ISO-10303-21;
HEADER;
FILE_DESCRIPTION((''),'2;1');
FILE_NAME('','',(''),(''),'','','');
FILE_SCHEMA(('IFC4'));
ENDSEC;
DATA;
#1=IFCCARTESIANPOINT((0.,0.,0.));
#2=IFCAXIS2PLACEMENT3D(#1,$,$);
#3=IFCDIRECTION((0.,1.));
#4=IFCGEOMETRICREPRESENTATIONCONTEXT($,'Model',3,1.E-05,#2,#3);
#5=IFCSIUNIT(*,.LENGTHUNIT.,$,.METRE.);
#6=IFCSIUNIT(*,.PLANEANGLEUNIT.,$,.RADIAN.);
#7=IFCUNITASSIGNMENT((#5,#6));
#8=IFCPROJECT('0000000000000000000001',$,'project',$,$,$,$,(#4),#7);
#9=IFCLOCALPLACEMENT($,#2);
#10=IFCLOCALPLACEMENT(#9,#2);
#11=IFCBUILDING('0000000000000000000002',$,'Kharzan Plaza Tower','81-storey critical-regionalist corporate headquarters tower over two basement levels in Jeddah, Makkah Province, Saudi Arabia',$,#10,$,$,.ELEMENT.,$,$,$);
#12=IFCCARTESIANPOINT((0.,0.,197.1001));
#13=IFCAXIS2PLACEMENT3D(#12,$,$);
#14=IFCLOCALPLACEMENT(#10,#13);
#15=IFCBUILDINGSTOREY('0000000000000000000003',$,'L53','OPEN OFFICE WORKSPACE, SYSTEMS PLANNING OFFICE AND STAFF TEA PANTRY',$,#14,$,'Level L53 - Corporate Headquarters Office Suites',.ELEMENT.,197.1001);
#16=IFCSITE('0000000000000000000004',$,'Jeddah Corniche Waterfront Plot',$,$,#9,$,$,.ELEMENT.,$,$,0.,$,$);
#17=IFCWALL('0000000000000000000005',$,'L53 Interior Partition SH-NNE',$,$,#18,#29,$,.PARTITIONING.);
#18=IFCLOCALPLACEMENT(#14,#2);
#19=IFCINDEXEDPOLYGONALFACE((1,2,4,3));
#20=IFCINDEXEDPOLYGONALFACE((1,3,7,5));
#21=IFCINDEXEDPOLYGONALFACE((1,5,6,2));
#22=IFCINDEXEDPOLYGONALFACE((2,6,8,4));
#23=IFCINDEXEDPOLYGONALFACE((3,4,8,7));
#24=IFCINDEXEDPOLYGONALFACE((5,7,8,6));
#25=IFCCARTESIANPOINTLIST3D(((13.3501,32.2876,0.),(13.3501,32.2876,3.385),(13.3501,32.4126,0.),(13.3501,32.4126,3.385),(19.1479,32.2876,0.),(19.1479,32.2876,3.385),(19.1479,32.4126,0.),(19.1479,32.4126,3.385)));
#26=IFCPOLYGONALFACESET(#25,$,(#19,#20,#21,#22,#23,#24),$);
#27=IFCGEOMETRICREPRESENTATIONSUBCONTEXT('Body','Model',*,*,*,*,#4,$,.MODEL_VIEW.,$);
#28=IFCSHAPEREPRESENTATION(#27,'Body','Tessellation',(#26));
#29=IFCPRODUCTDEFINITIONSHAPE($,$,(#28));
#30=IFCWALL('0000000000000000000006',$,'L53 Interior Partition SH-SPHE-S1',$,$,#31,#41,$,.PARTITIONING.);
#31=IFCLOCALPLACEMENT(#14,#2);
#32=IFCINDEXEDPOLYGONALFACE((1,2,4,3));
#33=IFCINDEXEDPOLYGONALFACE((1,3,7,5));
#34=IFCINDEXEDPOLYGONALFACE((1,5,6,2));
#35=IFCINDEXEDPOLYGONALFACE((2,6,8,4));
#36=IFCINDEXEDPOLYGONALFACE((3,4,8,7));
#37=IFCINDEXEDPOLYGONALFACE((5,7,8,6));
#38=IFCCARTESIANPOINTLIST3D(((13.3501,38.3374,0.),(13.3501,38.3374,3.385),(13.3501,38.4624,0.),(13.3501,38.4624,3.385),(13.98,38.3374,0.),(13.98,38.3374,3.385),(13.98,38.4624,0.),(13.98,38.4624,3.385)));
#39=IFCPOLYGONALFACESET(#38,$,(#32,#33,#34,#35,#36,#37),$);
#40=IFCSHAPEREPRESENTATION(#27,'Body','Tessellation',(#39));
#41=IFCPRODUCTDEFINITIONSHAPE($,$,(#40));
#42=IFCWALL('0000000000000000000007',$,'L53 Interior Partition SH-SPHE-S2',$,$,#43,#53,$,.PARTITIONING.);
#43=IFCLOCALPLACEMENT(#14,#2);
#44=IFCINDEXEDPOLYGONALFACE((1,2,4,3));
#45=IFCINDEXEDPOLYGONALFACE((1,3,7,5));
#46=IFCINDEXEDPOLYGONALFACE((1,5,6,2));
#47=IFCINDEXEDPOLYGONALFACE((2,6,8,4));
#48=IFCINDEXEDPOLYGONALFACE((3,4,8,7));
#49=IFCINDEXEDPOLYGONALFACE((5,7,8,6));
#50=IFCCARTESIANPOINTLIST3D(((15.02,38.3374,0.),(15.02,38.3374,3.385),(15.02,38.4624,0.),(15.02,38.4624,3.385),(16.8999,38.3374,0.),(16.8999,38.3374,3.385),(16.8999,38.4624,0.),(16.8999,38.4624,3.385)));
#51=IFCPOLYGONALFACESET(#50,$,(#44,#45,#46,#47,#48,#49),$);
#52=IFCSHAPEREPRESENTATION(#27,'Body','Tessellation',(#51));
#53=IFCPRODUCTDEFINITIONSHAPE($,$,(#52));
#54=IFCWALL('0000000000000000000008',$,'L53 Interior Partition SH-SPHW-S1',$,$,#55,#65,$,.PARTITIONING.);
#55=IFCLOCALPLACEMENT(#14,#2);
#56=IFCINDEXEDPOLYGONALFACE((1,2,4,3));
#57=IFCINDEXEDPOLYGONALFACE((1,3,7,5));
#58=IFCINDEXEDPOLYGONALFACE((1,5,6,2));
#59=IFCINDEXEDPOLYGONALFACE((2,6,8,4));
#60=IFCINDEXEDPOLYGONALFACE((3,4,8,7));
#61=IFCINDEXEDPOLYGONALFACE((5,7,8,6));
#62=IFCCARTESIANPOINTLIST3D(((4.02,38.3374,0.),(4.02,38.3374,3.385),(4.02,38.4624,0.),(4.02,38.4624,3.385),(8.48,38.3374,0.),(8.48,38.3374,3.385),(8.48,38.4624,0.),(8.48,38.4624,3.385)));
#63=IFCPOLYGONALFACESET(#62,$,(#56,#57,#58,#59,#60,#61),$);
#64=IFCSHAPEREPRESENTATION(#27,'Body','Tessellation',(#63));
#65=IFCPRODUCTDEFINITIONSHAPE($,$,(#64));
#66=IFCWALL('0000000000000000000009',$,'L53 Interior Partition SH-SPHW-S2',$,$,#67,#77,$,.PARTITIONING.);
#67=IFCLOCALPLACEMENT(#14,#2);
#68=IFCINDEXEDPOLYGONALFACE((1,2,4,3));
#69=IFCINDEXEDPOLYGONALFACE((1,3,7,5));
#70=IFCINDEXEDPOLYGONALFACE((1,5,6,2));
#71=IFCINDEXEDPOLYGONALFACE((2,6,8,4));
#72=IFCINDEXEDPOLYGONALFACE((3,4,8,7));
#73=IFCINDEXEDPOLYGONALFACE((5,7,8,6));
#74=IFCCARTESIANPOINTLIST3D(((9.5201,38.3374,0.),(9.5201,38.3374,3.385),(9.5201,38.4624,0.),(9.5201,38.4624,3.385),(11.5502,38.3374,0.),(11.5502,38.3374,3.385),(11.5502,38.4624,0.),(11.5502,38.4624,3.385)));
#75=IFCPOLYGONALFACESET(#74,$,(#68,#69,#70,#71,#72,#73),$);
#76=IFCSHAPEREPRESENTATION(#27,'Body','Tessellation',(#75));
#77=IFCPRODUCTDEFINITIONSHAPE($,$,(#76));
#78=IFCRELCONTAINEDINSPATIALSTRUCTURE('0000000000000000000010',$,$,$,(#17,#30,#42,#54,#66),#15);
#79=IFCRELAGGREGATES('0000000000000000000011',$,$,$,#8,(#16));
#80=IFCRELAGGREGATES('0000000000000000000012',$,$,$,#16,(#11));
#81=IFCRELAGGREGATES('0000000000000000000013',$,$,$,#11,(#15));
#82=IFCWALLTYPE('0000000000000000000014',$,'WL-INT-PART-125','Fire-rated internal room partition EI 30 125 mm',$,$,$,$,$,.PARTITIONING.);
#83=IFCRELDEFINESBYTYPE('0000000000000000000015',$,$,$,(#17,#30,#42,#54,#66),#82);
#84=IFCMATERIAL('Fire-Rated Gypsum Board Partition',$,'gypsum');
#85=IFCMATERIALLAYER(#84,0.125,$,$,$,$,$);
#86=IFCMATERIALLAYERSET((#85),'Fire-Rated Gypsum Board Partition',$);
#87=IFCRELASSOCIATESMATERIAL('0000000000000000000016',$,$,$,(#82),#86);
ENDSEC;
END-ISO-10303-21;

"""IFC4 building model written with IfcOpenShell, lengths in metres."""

from ifc_helpers import new_model, si_unit, direction, frame, frame_2d, origin, place, context, subcontext, project, spatial, rectangle, extrude, source, transform, mapped, material, layer, layer_set, type_object, element, save


model = new_model("IFC4")

# Units and contexts
model_context = context("Model", 3, precision=1e-05, world=origin(), true_north=direction((0.0, 1.0)))
body_context = subcontext(model_context, "Body", "Model", "MODEL_VIEW")
ifc_project = project(units=[si_unit("LENGTHUNIT", "METRE"), si_unit("PLANEANGLEUNIT", "RADIAN")], contexts=[model_context])

# Site, building, storey
site_placement = place(None, origin())
site = spatial("IfcSite", under=ifc_project, at=site_placement, Name="Jeddah Corniche Waterfront Plot", CompositionType="ELEMENT", RefElevation=0.0)
building_placement = place(site_placement, origin())
building = spatial("IfcBuilding", under=site, at=building_placement, Name="Kharzan Plaza Tower", Description="81-storey critical-regionalist corporate headquarters tower over two basement levels in Jeddah, Makkah Province, Saudi Arabia", CompositionType="ELEMENT")
storey_placement = place(building_placement, frame((0.0, 0.0, 197.1001)))
storey = spatial("IfcBuildingStorey", under=building, at=storey_placement, Name="L53", Description="OPEN OFFICE WORKSPACE, SYSTEMS PLANNING OFFICE AND STAFF TEA PANTRY", LongName="Level L53 - Corporate Headquarters Office Suites", CompositionType="ELEMENT", Elevation=197.1001)

# Shared definitions
ifc_material_1 = material(Name="Fire-Rated Gypsum Board Partition", Category="gypsum")
ifc_layer_1 = layer(ifc_material_1, 0.125)
ifc_layer_set_1 = layer_set([ifc_layer_1], Name="Fire-Rated Gypsum Board Partition")
wall_type_1 = type_object("IfcWallType", Name="WL-INT-PART-125", Description="Fire-rated internal room partition EI 30 125 mm", PredefinedType="PARTITIONING", material=ifc_layer_set_1)

# Walls
shared_shape_1 = source(origin(), body_context, "Body", "SweptSolid", [
    extrude(rectangle(XDim=5.7979, YDim=0.125, at=frame_2d((2.8989, 0.0))), origin(), (0.0, 0.0, 1.0), 3.385),
])
wall_1_placement = place(storey_placement, frame((13.3501, 32.3501, 0.0), z_axis=(0.0, 0.0, 1.0), x_axis=(1.0, 0.0, 0.0)))
element("IfcWall", 1, at=wall_1_placement, inside=storey, type_object=wall_type_1, Name="L53 Interior Partition SH-NNE", PredefinedType="PARTITIONING", context=body_context, shape_type="MappedRepresentation", body=[
    mapped(shared_shape_1, transform((0.0, 0.0, 0.0), x_axis=(1.0, 0.0, 0.0), y_axis=(0.0, 1.0, 0.0), z_axis=(0.0, 0.0, 1.0))),
])
shared_shape_2 = source(origin(), body_context, "Body", "SweptSolid", [
    extrude(rectangle(XDim=0.6299, YDim=0.125, at=frame_2d((0.3149, 0.0))), origin(), (0.0, 0.0, 1.0), 3.385),
])
wall_2_placement = place(storey_placement, frame((13.3501, 38.3999, 0.0), z_axis=(0.0, 0.0, 1.0), x_axis=(1.0, 0.0, 0.0)))
element("IfcWall", 2, at=wall_2_placement, inside=storey, type_object=wall_type_1, Name="L53 Interior Partition SH-SPHE-S1", PredefinedType="PARTITIONING", context=body_context, shape_type="MappedRepresentation", body=[
    mapped(shared_shape_2, transform((0.0, 0.0, 0.0), x_axis=(1.0, 0.0, 0.0), y_axis=(0.0, 1.0, 0.0), z_axis=(0.0, 0.0, 1.0))),
])
shared_shape_3 = source(origin(), body_context, "Body", "SweptSolid", [
    extrude(rectangle(XDim=1.8799, YDim=0.125, at=frame_2d((0.9399, 0.0))), origin(), (0.0, 0.0, 1.0), 3.385),
])
wall_3_placement = place(storey_placement, frame((15.02, 38.3999, 0.0), z_axis=(0.0, 0.0, 1.0), x_axis=(1.0, 0.0, 0.0)))
element("IfcWall", 3, at=wall_3_placement, inside=storey, type_object=wall_type_1, Name="L53 Interior Partition SH-SPHE-S2", PredefinedType="PARTITIONING", context=body_context, shape_type="MappedRepresentation", body=[
    mapped(shared_shape_3, transform((0.0, 0.0, 0.0), x_axis=(1.0, 0.0, 0.0), y_axis=(0.0, 1.0, 0.0), z_axis=(0.0, 0.0, 1.0))),
])
shared_shape_4 = source(origin(), body_context, "Body", "SweptSolid", [
    extrude(rectangle(XDim=4.46, YDim=0.125, at=frame_2d((2.23, 0.0))), origin(), (0.0, 0.0, 1.0), 3.385),
])
wall_4_placement = place(storey_placement, frame((4.02, 38.3999, 0.0), z_axis=(0.0, 0.0, 1.0), x_axis=(1.0, 0.0, 0.0)))
element("IfcWall", 4, at=wall_4_placement, inside=storey, type_object=wall_type_1, Name="L53 Interior Partition SH-SPHW-S1", PredefinedType="PARTITIONING", context=body_context, shape_type="MappedRepresentation", body=[
    mapped(shared_shape_4, transform((0.0, 0.0, 0.0), x_axis=(1.0, 0.0, 0.0), y_axis=(0.0, 1.0, 0.0), z_axis=(0.0, 0.0, 1.0))),
])
shared_shape_5 = source(origin(), body_context, "Body", "SweptSolid", [
    extrude(rectangle(XDim=2.03, YDim=0.125, at=frame_2d((1.0151, 0.0))), origin(), (0.0, 0.0, 1.0), 3.385),
])
wall_5_placement = place(storey_placement, frame((9.52, 38.3999, 0.0), z_axis=(0.0, 0.0, 1.0), x_axis=(1.0, 0.0, 0.0)))
element("IfcWall", 5, at=wall_5_placement, inside=storey, type_object=wall_type_1, Name="L53 Interior Partition SH-SPHW-S2", PredefinedType="PARTITIONING", context=body_context, shape_type="MappedRepresentation", body=[
    mapped(shared_shape_5, transform((0.0, 0.0, 0.0), x_axis=(1.0, 0.0, 0.0), y_axis=(0.0, 1.0, 0.0), z_axis=(0.0, 0.0, 1.0))),
])

save(model, "model.ifc")
